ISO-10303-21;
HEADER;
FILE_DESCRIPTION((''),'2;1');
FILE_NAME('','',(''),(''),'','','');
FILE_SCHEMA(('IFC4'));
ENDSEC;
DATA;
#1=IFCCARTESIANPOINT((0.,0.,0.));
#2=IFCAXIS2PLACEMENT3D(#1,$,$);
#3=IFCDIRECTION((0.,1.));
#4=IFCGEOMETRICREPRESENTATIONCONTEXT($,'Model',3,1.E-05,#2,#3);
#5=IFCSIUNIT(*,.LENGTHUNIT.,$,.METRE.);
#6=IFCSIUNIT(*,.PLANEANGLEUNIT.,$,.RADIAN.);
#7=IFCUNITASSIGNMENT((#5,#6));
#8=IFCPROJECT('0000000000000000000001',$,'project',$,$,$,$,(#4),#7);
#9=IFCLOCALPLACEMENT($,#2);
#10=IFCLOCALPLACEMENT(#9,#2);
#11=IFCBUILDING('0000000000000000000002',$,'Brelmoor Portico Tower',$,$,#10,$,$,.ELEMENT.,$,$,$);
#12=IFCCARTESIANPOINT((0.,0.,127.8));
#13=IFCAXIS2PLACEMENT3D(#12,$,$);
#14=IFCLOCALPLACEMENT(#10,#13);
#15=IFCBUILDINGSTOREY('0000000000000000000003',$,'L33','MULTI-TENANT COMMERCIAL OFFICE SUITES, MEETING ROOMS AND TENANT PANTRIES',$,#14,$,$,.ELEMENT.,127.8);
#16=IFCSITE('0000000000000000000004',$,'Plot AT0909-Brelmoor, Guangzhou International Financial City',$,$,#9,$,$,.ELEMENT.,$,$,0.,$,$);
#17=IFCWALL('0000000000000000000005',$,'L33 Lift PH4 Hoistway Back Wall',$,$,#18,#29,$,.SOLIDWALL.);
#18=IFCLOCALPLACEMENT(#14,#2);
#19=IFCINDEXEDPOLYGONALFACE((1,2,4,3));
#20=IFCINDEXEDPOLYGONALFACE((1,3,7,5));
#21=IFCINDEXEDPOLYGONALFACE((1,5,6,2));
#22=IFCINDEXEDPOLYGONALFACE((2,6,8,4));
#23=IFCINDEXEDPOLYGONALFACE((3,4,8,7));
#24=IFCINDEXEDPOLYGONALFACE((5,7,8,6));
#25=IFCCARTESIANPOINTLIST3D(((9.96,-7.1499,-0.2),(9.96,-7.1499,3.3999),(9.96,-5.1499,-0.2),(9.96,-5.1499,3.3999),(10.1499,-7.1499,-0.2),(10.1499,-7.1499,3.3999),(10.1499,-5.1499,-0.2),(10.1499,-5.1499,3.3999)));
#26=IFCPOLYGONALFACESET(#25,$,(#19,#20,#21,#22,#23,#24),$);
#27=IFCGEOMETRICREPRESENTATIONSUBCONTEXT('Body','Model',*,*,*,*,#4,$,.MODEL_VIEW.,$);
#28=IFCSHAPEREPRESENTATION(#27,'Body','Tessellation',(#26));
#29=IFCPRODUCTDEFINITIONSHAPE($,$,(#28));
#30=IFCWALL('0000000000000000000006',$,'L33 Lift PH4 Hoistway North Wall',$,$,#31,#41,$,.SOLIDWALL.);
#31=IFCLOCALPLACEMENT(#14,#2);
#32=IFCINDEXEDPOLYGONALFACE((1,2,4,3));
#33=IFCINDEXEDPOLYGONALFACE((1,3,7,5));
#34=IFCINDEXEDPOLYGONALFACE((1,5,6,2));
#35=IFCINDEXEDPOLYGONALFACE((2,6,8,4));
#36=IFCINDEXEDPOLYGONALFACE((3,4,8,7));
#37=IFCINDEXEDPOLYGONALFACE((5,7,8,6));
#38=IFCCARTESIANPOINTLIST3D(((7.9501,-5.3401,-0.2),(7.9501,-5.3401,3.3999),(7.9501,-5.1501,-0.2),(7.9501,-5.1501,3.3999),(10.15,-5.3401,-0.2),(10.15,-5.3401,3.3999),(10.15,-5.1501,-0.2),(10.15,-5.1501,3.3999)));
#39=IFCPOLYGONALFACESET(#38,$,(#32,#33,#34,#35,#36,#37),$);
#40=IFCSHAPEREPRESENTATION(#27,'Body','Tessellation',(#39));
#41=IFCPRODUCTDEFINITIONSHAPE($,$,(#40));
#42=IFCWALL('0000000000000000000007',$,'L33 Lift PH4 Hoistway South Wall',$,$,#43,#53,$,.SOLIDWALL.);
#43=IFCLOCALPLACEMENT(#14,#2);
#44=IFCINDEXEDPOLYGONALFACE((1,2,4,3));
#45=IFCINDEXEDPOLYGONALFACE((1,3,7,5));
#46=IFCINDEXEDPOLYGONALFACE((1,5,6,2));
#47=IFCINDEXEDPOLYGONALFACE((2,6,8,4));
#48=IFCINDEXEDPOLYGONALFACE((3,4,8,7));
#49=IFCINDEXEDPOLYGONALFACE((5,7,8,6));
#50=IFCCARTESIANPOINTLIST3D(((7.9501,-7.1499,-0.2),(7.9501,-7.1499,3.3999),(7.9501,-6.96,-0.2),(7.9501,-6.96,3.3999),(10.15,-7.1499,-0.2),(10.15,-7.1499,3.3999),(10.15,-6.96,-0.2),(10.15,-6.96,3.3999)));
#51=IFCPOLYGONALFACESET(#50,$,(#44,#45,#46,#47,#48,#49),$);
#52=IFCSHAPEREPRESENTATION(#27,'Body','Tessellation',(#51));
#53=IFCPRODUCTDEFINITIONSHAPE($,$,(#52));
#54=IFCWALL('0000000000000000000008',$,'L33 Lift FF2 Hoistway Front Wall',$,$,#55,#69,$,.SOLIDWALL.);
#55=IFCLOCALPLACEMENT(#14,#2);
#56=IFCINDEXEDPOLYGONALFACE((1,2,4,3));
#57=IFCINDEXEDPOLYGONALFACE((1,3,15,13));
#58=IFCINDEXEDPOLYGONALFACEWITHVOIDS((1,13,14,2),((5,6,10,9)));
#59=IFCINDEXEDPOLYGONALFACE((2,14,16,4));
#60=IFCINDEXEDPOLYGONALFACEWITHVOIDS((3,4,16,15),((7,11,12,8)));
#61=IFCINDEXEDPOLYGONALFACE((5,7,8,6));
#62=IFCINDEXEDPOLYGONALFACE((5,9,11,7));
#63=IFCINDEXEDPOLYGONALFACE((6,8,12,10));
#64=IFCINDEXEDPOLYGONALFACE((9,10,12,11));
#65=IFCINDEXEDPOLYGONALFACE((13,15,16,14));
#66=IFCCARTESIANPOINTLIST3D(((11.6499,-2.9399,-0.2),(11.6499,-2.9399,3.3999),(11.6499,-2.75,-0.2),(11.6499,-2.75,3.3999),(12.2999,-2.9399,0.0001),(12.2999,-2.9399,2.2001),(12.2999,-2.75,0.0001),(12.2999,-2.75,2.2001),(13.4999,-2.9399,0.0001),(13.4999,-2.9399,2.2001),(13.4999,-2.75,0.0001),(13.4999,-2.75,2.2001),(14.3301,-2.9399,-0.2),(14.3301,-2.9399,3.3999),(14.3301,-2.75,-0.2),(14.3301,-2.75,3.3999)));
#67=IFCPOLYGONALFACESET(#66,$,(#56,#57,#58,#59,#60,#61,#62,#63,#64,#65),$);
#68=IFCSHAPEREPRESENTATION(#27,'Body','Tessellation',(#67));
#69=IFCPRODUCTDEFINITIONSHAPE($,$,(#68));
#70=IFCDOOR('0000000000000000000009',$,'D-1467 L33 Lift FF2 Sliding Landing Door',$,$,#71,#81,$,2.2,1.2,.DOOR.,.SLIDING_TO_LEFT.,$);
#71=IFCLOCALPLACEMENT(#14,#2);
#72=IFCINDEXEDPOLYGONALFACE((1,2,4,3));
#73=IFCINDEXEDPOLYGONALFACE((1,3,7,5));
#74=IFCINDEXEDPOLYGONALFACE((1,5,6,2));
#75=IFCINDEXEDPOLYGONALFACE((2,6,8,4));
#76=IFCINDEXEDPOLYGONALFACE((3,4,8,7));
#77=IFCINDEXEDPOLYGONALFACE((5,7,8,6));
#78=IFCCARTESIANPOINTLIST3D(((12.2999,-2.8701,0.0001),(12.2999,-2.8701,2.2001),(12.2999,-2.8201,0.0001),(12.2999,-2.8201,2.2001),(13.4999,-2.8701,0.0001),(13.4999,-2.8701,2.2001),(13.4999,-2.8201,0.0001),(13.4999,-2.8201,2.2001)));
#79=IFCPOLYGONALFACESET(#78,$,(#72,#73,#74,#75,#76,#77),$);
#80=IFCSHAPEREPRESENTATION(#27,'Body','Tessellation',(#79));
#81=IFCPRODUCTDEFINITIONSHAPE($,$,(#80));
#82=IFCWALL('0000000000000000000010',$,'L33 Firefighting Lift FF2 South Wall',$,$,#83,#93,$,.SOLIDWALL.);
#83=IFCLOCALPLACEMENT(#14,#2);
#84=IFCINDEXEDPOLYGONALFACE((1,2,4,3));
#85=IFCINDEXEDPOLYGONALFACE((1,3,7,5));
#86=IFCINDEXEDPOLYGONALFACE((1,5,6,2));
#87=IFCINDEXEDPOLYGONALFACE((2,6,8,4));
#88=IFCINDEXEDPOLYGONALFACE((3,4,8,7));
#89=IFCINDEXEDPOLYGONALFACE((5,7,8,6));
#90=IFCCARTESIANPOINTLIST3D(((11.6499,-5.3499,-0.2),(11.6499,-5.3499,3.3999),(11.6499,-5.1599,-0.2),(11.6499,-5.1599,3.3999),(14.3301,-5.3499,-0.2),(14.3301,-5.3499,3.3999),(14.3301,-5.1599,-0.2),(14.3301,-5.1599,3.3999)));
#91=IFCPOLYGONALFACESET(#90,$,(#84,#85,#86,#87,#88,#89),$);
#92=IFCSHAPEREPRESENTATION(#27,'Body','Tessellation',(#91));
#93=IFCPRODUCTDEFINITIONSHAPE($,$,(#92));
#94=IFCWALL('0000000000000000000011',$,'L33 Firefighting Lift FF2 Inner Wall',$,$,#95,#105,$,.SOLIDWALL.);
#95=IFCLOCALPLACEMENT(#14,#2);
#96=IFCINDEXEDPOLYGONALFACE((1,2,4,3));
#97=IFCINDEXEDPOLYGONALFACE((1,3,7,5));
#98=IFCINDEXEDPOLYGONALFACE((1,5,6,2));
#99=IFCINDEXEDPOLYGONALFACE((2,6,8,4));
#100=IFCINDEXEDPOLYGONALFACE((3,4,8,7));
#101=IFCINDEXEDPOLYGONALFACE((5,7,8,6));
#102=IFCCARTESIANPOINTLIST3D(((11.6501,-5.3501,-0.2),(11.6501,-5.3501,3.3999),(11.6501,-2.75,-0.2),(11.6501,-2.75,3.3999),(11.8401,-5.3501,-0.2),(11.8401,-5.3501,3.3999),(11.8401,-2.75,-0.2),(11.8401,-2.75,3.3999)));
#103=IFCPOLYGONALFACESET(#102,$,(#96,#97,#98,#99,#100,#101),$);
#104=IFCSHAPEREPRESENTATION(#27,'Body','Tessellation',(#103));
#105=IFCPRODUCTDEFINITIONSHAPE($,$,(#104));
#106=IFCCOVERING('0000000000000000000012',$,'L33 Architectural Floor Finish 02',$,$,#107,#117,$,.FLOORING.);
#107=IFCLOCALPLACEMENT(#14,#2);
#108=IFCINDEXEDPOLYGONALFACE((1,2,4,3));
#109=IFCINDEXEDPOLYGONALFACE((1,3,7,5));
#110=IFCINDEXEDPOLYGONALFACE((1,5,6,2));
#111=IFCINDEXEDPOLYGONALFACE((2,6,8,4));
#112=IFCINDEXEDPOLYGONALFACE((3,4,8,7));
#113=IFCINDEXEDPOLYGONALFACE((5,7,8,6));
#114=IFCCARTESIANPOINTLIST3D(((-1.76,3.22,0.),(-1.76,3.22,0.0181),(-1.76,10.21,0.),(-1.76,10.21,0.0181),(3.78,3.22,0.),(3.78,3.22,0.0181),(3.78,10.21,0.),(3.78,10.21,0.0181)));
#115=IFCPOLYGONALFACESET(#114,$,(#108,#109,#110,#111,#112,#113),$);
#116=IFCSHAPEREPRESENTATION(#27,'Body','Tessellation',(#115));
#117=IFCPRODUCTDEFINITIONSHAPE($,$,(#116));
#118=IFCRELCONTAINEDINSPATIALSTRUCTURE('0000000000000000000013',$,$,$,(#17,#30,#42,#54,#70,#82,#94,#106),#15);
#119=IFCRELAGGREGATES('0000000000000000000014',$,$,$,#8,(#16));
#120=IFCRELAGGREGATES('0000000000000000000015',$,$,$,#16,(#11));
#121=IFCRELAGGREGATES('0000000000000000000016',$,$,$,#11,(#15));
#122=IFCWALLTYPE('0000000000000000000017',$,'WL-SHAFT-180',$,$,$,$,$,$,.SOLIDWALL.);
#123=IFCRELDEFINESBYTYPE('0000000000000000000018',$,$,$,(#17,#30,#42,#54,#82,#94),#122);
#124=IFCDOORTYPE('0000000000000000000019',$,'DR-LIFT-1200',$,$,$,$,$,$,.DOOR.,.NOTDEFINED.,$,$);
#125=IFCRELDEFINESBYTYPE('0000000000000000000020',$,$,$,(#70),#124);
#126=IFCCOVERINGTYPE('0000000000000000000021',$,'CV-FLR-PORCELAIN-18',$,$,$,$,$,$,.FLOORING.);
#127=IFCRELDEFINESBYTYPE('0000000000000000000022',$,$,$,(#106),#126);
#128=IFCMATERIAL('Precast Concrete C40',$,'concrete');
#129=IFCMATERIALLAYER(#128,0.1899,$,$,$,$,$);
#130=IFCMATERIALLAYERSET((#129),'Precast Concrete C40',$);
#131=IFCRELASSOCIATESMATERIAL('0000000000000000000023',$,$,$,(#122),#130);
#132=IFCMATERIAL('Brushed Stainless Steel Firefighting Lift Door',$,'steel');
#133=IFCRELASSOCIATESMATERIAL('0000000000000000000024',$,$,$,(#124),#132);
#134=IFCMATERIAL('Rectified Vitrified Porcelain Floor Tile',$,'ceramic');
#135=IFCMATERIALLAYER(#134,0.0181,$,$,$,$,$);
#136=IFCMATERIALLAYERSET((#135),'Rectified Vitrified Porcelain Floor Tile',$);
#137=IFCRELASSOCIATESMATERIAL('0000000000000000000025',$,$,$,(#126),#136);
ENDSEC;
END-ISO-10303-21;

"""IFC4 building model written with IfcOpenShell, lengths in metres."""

from ifc_helpers import new_model, si_unit, direction, frame, frame_2d, origin, place, context, subcontext, project, spatial, polyline, rectangle, outline, extrude, material, layer, layer_set, type_object, element, fill, save


model = new_model("IFC4")

# Units and contexts
model_context = context("Model", 3, precision=1e-05, world=origin(), true_north=direction((0.0, 1.0)))
body_context = subcontext(model_context, "Body", "Model", "MODEL_VIEW")
ifc_project = project(units=[si_unit("LENGTHUNIT", "METRE"), si_unit("PLANEANGLEUNIT", "RADIAN")], contexts=[model_context])

# Site, building, storey
site_placement = place(None, origin())
site = spatial("IfcSite", under=ifc_project, at=site_placement, Name="Plot AT0909-Brelmoor, Guangzhou International Financial City", CompositionType="ELEMENT", RefElevation=0.0)
building_placement = place(site_placement, origin())
building = spatial("IfcBuilding", under=site, at=building_placement, Name="Brelmoor Portico Tower", CompositionType="ELEMENT")
storey_placement = place(building_placement, frame((0.0, 0.0, 127.8)))
storey = spatial("IfcBuildingStorey", under=building, at=storey_placement, Name="L33", Description="MULTI-TENANT COMMERCIAL OFFICE SUITES, MEETING ROOMS AND TENANT PANTRIES", CompositionType="ELEMENT", Elevation=127.8)

# Walls
ifc_material_1 = material(Name="Precast Concrete C40", Category="concrete")
ifc_layer_1 = layer(ifc_material_1, 0.1899)
ifc_layer_set_1 = layer_set([ifc_layer_1], Name="Precast Concrete C40")
wall_type_1 = type_object("IfcWallType", Name="WL-SHAFT-180", PredefinedType="SOLIDWALL", material=ifc_layer_set_1)
for number, where, z_axis, x_axis, name in (
    (1, (10.0549, -7.1499, -0.2), (0.0, 0.0, 1.0), (0.0, 1.0, 0.0), "L33 Lift PH4 Hoistway Back Wall"),
):
    element("IfcWall", number, at=place(storey_placement, frame(where, z_axis=z_axis, x_axis=x_axis)), inside=storey, type_object=wall_type_1, Name=name, PredefinedType="SOLIDWALL", context=body_context, shape_type="SweptSolid", body=[
        extrude(rectangle(XDim=2.0, YDim=0.1899, at=frame_2d((1.0, 0.0))), origin(), (0.0, 0.0, 1.0), 3.5999),
    ])
for number, where, z_axis, x_axis, name in (
    (2, (7.95, -5.2451, -0.2), (0.0, 0.0, 1.0), (1.0, 0.0, 0.0), "L33 Lift PH4 Hoistway North Wall"),
    (3, (7.95, -7.0549, -0.2), (0.0, 0.0, 1.0), (1.0, 0.0, 0.0), "L33 Lift PH4 Hoistway South Wall"),
):
    element("IfcWall", number, at=place(storey_placement, frame(where, z_axis=z_axis, x_axis=x_axis)), inside=storey, type_object=wall_type_1, Name=name, PredefinedType="SOLIDWALL", context=body_context, shape_type="SweptSolid", body=[
        extrude(rectangle(XDim=2.2, YDim=0.1899, at=frame_2d((1.1001, 0.0))), origin(), (0.0, 0.0, 1.0), 3.5999),
    ])

# Wall, opening, door
wall_1_placement = place(storey_placement, frame((11.6499, -2.845, -0.2), z_axis=(0.0, 0.0, 1.0), x_axis=(1.0, 0.0, 0.0)))
wall_1 = element("IfcWall", 4, at=wall_1_placement, inside=storey, type_object=wall_type_1, Name="L33 Lift FF2 Hoistway Front Wall", PredefinedType="SOLIDWALL", context=body_context, shape_type="SweptSolid", body=[
    extrude(rectangle(XDim=2.6802, YDim=0.1899, at=frame_2d((1.3401, 0.0))), origin(), (0.0, 0.0, 1.0), 3.5999),
])
opening_1_placement = place(wall_1_placement, frame((0.6499, 0.0, 0.2)))
opening_1 = element("IfcOpeningElement", 5, at=opening_1_placement, cuts=wall_1, PredefinedType="OPENING", context=body_context, shape_type="SweptSolid", body=[
    extrude(rectangle(XDim=1.2, YDim=2.2, at=frame_2d((0.6001, 1.1001))), frame((0.0, 0.105, 0.0), z_axis=(0.0, -1.0, 0.0), x_axis=(1.0, 0.0, 0.0)), (0.0, 0.0, 1.0), 0.21),
])
ifc_material_2 = material(Name="Brushed Stainless Steel Firefighting Lift Door", Category="steel")
door_type_1 = type_object("IfcDoorType", Name="DR-LIFT-1200", OperationType="NOTDEFINED", PredefinedType="DOOR", material=ifc_material_2)
door_1_placement = place(opening_1_placement, origin())
door_1 = element("IfcDoor", 6, at=door_1_placement, inside=storey, type_object=door_type_1, Name="D-1467 L33 Lift FF2 Sliding Landing Door", OperationType="SLIDING_TO_LEFT", OverallHeight=2.2, OverallWidth=1.2, PredefinedType="DOOR", context=body_context, shape_type="SweptSolid", body=[
    extrude(rectangle(XDim=1.2, YDim=2.2, at=frame_2d((0.6001, 1.1001))), frame((0.0, 0.0249, 0.0), z_axis=(0.0, -1.0, 0.0), x_axis=(1.0, 0.0, 0.0)), (0.0, 0.0, 1.0), 0.05),
])
fill(opening_1, door_1)

# Walls
wall_2_placement = place(storey_placement, frame((11.6499, -5.2549, -0.2), z_axis=(0.0, 0.0, 1.0), x_axis=(1.0, 0.0, 0.0)))
element("IfcWall", 7, at=wall_2_placement, inside=storey, type_object=wall_type_1, Name="L33 Firefighting Lift FF2 South Wall", PredefinedType="SOLIDWALL", context=body_context, shape_type="SweptSolid", body=[
    extrude(rectangle(XDim=2.6802, YDim=0.1899, at=frame_2d((1.3401, 0.0))), origin(), (0.0, 0.0, 1.0), 3.5999),
])
wall_3_placement = place(storey_placement, frame((11.7451, -5.3501, -0.2), z_axis=(0.0, 0.0, 1.0), x_axis=(0.0, 1.0, 0.0)))
element("IfcWall", 8, at=wall_3_placement, inside=storey, type_object=wall_type_1, Name="L33 Firefighting Lift FF2 Inner Wall", PredefinedType="SOLIDWALL", context=body_context, shape_type="SweptSolid", body=[
    extrude(rectangle(XDim=2.6001, YDim=0.1899, at=frame_2d((1.3, 0.0))), origin(), (0.0, 0.0, 1.0), 3.5999),
])

# Covering
ifc_material_3 = material(Name="Rectified Vitrified Porcelain Floor Tile", Category="ceramic")
ifc_layer_2 = layer(ifc_material_3, 0.0181)
ifc_layer_set_2 = layer_set([ifc_layer_2], Name="Rectified Vitrified Porcelain Floor Tile")
covering_type = type_object("IfcCoveringType", Name="CV-FLR-PORCELAIN-18", PredefinedType="FLOORING", material=ifc_layer_set_2)
covering_placement = place(storey_placement, origin())
element("IfcCovering", 9, at=covering_placement, inside=storey, type_object=covering_type, Name="L33 Architectural Floor Finish 02", PredefinedType="FLOORING", context=body_context, shape_type="SweptSolid", body=[
    extrude(outline(polyline([(-1.76, 3.22), (-1.76, 10.21), (3.78, 10.21), (3.78, 3.22), (-1.76, 3.22)])), origin(), (0.0, 0.0, 1.0), 0.0181),
])

save(model, "model.ifc")
